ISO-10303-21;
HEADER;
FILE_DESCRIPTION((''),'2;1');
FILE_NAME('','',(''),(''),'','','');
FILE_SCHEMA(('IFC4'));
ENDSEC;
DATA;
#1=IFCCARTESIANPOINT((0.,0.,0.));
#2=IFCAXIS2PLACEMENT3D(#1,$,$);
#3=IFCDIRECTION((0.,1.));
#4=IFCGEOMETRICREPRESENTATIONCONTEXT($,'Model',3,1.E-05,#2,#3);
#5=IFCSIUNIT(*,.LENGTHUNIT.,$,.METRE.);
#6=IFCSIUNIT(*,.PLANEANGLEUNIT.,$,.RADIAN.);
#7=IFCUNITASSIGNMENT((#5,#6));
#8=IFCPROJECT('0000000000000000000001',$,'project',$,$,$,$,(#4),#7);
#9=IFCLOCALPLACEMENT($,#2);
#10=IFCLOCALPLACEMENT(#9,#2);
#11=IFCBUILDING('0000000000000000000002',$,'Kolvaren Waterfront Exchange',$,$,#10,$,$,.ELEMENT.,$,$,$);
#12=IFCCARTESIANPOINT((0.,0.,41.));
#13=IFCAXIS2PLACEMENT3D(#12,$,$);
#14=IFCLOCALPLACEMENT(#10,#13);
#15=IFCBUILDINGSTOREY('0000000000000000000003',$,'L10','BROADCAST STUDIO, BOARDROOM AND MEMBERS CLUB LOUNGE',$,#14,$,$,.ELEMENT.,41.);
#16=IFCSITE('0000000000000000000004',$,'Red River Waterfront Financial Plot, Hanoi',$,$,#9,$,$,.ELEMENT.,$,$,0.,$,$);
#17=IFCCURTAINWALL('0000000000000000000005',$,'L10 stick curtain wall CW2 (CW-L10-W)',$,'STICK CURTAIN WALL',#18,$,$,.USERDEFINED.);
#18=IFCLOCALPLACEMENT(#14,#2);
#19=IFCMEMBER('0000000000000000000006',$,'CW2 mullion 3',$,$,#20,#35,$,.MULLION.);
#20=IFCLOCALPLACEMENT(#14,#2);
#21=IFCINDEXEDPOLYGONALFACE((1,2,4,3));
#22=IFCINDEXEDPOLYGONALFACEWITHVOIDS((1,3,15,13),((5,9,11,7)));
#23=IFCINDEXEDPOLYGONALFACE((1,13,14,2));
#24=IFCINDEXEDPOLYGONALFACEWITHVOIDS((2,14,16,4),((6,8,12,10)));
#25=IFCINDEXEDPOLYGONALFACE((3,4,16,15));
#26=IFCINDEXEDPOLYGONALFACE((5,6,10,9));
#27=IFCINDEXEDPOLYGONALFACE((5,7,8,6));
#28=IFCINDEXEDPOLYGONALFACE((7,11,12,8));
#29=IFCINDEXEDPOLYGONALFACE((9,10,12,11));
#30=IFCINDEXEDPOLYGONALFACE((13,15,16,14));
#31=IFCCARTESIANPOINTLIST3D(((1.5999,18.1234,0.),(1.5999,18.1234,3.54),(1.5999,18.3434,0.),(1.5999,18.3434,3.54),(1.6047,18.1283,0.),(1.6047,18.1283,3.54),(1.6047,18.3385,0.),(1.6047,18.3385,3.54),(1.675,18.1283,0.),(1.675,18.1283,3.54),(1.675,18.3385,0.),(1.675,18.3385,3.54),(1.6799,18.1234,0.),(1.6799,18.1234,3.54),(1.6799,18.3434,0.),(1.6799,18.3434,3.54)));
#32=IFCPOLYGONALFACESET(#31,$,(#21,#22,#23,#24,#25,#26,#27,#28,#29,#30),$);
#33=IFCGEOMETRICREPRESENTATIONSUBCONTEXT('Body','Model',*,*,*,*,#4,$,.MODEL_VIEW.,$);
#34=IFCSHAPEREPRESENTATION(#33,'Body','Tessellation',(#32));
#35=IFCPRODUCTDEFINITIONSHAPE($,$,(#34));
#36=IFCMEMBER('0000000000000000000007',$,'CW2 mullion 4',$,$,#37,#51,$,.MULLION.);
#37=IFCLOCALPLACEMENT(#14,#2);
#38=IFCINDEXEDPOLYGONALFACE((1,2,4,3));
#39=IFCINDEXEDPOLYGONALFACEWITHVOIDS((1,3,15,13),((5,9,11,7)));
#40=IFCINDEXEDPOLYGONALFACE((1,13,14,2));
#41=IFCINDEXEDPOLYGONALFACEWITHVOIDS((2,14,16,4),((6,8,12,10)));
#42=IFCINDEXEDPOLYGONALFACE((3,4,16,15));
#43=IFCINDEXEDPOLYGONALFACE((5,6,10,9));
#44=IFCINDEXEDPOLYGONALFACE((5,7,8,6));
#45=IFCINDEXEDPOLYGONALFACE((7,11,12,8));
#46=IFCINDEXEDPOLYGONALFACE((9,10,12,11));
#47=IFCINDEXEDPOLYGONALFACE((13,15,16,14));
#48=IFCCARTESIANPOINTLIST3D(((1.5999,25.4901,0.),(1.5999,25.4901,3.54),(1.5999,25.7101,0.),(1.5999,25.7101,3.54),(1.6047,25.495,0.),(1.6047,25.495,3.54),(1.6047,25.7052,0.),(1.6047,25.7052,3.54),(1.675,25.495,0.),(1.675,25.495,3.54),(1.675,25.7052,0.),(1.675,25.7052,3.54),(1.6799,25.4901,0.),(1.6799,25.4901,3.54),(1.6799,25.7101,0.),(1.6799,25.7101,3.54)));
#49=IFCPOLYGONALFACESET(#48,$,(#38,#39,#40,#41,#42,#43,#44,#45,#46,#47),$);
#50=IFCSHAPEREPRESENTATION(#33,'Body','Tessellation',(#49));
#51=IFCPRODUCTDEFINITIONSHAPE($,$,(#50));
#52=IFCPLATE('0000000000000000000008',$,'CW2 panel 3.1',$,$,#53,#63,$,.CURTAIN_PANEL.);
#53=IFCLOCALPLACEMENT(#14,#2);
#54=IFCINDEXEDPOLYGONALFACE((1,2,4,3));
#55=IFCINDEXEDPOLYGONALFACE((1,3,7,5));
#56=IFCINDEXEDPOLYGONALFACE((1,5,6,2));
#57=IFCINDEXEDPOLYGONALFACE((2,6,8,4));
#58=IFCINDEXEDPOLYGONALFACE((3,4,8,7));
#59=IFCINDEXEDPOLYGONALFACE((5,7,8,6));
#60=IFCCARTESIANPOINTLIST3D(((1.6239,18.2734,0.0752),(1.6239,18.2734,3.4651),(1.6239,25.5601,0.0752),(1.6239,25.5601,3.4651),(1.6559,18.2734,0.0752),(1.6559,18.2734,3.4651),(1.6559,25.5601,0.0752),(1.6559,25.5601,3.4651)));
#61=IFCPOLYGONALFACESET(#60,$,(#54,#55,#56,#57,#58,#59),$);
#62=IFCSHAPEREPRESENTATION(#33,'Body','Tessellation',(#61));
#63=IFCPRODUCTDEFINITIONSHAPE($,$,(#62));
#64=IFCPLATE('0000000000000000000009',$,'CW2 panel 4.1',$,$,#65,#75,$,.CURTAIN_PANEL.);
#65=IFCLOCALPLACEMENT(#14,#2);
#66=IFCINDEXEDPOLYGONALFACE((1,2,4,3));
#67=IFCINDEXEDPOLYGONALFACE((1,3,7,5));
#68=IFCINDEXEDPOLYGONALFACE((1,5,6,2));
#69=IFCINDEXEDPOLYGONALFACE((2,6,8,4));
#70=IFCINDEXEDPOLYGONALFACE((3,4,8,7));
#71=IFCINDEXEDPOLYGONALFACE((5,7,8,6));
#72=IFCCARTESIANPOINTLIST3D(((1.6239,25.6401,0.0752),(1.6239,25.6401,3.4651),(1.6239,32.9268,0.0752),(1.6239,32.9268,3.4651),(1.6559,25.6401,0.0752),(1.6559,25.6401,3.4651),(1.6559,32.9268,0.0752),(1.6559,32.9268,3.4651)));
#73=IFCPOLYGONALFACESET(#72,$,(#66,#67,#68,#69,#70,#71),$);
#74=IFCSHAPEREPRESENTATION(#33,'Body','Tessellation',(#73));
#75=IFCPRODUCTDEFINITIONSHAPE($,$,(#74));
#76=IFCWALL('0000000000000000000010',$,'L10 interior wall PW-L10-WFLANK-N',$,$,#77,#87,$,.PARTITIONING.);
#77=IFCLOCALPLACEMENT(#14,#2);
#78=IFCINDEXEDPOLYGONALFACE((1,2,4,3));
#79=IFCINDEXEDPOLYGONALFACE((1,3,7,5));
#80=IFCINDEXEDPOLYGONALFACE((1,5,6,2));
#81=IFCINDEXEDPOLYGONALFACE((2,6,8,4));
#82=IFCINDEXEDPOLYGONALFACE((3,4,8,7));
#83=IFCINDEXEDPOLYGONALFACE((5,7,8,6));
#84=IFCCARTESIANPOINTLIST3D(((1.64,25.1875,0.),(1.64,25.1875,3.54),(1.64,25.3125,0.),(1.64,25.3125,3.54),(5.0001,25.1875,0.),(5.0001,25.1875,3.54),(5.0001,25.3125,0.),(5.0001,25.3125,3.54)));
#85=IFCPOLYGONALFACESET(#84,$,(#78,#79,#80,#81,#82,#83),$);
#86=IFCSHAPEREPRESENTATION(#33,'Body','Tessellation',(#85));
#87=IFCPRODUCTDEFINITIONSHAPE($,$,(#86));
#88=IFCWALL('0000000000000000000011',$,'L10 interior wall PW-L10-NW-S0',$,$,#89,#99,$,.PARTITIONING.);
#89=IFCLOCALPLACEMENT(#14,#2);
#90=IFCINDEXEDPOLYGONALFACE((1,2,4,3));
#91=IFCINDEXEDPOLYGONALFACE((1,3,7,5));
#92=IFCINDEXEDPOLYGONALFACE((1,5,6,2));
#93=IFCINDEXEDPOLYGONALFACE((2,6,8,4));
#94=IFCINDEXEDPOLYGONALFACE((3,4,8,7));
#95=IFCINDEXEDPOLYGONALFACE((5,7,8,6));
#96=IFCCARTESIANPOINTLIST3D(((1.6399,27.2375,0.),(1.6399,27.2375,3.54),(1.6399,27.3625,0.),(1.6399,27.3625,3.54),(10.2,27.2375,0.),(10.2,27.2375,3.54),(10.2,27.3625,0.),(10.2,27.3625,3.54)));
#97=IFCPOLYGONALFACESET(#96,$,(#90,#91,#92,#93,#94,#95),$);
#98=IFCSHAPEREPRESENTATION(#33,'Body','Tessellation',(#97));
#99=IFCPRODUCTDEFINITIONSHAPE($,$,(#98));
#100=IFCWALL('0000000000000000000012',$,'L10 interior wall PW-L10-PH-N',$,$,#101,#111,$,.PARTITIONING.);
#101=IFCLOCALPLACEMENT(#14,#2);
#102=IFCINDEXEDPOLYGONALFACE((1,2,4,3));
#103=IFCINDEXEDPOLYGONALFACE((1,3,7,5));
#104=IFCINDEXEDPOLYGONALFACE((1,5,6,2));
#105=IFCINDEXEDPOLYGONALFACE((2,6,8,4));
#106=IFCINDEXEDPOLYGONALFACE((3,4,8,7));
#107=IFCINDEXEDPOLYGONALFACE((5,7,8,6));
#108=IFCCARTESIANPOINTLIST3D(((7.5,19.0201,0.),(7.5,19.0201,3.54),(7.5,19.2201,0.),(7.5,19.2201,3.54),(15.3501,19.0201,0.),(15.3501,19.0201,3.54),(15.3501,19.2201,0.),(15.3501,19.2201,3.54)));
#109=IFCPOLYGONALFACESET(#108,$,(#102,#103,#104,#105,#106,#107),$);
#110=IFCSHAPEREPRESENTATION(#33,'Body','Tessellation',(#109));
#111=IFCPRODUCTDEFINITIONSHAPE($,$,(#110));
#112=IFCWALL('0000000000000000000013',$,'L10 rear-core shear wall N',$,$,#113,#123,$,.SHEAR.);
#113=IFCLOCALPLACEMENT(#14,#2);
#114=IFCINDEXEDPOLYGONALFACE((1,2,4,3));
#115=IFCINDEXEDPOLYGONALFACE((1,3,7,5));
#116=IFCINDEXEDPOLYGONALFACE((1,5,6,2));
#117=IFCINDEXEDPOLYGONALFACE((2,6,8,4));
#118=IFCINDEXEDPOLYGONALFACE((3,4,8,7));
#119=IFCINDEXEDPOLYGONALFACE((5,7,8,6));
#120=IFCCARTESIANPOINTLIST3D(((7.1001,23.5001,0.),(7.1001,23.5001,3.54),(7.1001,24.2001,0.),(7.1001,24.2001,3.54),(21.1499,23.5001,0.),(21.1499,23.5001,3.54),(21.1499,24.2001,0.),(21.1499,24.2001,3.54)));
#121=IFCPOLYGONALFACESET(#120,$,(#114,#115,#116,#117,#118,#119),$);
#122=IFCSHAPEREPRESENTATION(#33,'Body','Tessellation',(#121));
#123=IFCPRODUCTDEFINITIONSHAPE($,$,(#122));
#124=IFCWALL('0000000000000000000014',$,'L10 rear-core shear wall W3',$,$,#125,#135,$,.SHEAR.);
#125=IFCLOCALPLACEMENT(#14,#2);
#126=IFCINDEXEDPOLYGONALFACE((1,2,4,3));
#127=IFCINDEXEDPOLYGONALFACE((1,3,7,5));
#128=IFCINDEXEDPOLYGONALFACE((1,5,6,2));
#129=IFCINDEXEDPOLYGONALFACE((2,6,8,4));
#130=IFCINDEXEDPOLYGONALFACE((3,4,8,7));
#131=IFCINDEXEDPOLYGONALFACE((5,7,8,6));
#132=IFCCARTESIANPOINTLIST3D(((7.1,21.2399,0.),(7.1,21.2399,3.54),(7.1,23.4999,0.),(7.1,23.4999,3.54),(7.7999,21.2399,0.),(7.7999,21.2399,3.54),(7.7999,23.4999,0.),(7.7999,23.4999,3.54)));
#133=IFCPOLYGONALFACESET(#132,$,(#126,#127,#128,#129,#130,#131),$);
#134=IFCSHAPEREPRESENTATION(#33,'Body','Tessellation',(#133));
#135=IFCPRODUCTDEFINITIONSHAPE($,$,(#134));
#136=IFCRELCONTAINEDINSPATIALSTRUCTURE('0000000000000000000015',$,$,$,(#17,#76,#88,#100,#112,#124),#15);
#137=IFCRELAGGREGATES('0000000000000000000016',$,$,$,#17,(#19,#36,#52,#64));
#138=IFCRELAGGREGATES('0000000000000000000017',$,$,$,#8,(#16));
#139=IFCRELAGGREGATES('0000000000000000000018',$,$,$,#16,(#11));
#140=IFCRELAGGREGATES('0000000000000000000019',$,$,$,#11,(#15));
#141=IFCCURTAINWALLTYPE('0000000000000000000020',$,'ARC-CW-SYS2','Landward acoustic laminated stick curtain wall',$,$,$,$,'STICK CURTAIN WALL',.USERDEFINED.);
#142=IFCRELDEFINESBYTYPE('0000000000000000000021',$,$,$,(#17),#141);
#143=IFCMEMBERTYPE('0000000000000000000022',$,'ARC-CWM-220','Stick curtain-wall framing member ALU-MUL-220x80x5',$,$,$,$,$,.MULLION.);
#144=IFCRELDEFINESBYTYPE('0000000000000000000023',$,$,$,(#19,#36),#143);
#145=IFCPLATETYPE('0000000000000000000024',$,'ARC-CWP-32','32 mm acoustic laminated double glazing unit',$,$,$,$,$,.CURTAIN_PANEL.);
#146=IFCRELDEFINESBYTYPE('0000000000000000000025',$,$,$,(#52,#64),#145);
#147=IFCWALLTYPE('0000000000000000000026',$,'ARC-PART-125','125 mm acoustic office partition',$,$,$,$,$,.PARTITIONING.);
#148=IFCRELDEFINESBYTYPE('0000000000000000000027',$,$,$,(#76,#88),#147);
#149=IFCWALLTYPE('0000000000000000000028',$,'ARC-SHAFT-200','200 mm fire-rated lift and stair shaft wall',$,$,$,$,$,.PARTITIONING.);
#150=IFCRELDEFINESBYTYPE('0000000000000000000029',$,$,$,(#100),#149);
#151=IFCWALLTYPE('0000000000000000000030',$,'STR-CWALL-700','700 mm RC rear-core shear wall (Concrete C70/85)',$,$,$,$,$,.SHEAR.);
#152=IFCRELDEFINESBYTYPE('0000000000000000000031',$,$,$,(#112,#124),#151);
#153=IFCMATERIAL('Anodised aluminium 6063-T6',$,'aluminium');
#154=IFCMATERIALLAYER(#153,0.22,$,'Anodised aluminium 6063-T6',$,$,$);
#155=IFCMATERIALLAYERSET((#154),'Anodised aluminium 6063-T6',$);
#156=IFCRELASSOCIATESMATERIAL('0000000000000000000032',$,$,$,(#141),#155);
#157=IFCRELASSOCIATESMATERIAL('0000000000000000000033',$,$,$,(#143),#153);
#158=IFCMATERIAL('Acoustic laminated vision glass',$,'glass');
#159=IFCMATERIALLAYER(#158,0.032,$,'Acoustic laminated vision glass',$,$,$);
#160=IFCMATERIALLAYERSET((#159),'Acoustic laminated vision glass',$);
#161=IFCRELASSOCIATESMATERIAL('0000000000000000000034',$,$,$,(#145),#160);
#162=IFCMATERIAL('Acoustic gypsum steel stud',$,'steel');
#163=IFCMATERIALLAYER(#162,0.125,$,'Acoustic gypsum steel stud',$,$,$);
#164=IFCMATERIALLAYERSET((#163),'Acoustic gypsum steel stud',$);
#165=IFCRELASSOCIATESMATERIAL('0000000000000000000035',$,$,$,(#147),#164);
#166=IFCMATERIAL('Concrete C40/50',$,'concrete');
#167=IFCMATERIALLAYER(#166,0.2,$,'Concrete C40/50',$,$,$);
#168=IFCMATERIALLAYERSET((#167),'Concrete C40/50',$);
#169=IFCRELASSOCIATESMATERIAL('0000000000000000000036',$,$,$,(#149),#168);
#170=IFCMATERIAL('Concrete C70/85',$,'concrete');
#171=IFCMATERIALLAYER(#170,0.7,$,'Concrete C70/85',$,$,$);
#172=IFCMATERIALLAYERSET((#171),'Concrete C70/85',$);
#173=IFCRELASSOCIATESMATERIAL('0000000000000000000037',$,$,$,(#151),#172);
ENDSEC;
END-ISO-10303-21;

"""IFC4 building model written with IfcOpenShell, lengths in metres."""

from ifc_helpers import new_model, si_unit, direction, frame, frame_2d, origin, origin_with_axes, origin_2d, place, context, subcontext, project, spatial, rectangle, hollow_rectangle, extrude, source, transform, mapped, material, layer, layer_set, material_profile, profile_set, type_object, element, aggregate, save


model = new_model("IFC4")

# Units and contexts
model_context = context("Model", 3, precision=1e-05, world=origin(), true_north=direction((0.0, 1.0)))
body_context = subcontext(model_context, "Body", "Model", "MODEL_VIEW")
ifc_project = project(units=[si_unit("LENGTHUNIT", "METRE"), si_unit("PLANEANGLEUNIT", "RADIAN")], contexts=[model_context])

# Site, building, storey
site_placement = place(None, origin())
site = spatial("IfcSite", under=ifc_project, at=site_placement, Name="Red River Waterfront Financial Plot, Hanoi", CompositionType="ELEMENT", RefElevation=0.0)
building_placement = place(site_placement, origin())
building = spatial("IfcBuilding", under=site, at=building_placement, Name="Kolvaren Waterfront Exchange", CompositionType="ELEMENT")
storey_placement = place(building_placement, frame((0.0, 0.0, 41.0)))
storey = spatial("IfcBuildingStorey", under=building, at=storey_placement, Name="L10", Description="BROADCAST STUDIO, BOARDROOM AND MEMBERS CLUB LOUNGE", CompositionType="ELEMENT", Elevation=41.0)

# Shared definitions
ifc_material_1 = material(Name="Concrete C70/85", Category="concrete")

# Curtain wall, members, plates
ifc_material_2 = material(Name="Anodised aluminium 6063-T6", Category="aluminium")
ifc_layer_1 = layer(ifc_material_2, 0.22, Name="Anodised aluminium 6063-T6")
ifc_layer_set_1 = layer_set([ifc_layer_1], Name="Anodised aluminium 6063-T6")
curtain_wall_type = type_object("IfcCurtainWallType", Name="ARC-CW-SYS2", Description="Landward acoustic laminated stick curtain wall", ElementType="STICK CURTAIN WALL", PredefinedType="USERDEFINED", material=ifc_layer_set_1)
curtain_wall_placement = place(storey_placement, origin())
curtain_wall = element("IfcCurtainWall", 1, at=curtain_wall_placement, inside=storey, type_object=curtain_wall_type, Name="L10 stick curtain wall CW2 (CW-L10-W)", ObjectType="STICK CURTAIN WALL", PredefinedType="USERDEFINED")
ifc_material_profile_1 = material_profile(ifc_material_2, hollow_rectangle(XDim=0.0801, YDim=0.22, WallThickness=0.0049, at=origin_2d()), Name="ALU-MUL-220x80x5")
ifc_profile_set_1 = profile_set([ifc_material_profile_1], Name="Anodised aluminium 6063-T6")
member_type_1 = type_object("IfcMemberType", Name="ARC-CWM-220", Description="Stick curtain-wall framing member ALU-MUL-220x80x5", PredefinedType="MULLION", material=ifc_profile_set_1)
shared_shape_1 = source(origin_with_axes(), body_context, "Body", "SweptSolid", [
    extrude(hollow_rectangle(XDim=0.0801, YDim=0.22, WallThickness=0.0049, at=origin_2d()), origin(), (0.0, 0.0, 1.0), 3.54),
])
member_1_placement = place(storey_placement, frame((1.6399, 18.2334, 0.0), z_axis=(0.0, 0.0, 1.0), x_axis=(-1.0, 0.0, 0.0)))
member_1 = element("IfcMember", 2, at=member_1_placement, type_object=member_type_1, Name="CW2 mullion 3", PredefinedType="MULLION", context=body_context, shape_type="MappedRepresentation", body=[
    mapped(shared_shape_1, transform((0.0, 0.0, 0.0), x_axis=(1.0, 0.0, 0.0), y_axis=(0.0, 1.0, 0.0), z_axis=(0.0, 0.0, 1.0), scale=1.0)),
])
member_2_placement = place(storey_placement, frame((1.6399, 25.6001, 0.0), z_axis=(0.0, 0.0, 1.0), x_axis=(-1.0, 0.0, 0.0)))
member_2 = element("IfcMember", 3, at=member_2_placement, type_object=member_type_1, Name="CW2 mullion 4", PredefinedType="MULLION", context=body_context, shape_type="MappedRepresentation", body=[
    mapped(shared_shape_1, transform((0.0, 0.0, 0.0), x_axis=(1.0, 0.0, 0.0), y_axis=(0.0, 1.0, 0.0), z_axis=(0.0, 0.0, 1.0), scale=1.0)),
])
ifc_material_3 = material(Name="Acoustic laminated vision glass", Category="glass")
ifc_layer_2 = layer(ifc_material_3, 0.032, Name="Acoustic laminated vision glass")
ifc_layer_set_2 = layer_set([ifc_layer_2], Name="Acoustic laminated vision glass")
plate_type = type_object("IfcPlateType", Name="ARC-CWP-32", Description="32 mm acoustic laminated double glazing unit", PredefinedType="CURTAIN_PANEL", material=ifc_layer_set_2)
shared_shape_2 = source(origin_with_axes(), body_context, "Body", "SweptSolid", [
    extrude(rectangle(XDim=7.2866, YDim=0.032, at=origin_2d()), origin(), (0.0, 0.0, 1.0), 3.3899),
])
plate_1_placement = place(storey_placement, frame((1.6399, 21.9167, 0.0752), z_axis=(0.0, 0.0, 1.0), x_axis=(0.0, 1.0, 0.0)))
plate_1 = element("IfcPlate", 4, at=plate_1_placement, type_object=plate_type, Name="CW2 panel 3.1", PredefinedType="CURTAIN_PANEL", context=body_context, shape_type="MappedRepresentation", body=[
    mapped(shared_shape_2, transform((0.0, 0.0, 0.0), x_axis=(1.0, 0.0, 0.0), y_axis=(0.0, 1.0, 0.0), z_axis=(0.0, 0.0, 1.0), scale=1.0)),
])
plate_2_placement = place(storey_placement, frame((1.6399, 29.2834, 0.0752), z_axis=(0.0, 0.0, 1.0), x_axis=(0.0, 1.0, 0.0)))
plate_2 = element("IfcPlate", 5, at=plate_2_placement, type_object=plate_type, Name="CW2 panel 4.1", PredefinedType="CURTAIN_PANEL", context=body_context, shape_type="MappedRepresentation", body=[
    mapped(shared_shape_2, transform((0.0, 0.0, 0.0), x_axis=(1.0, 0.0, 0.0), y_axis=(0.0, 1.0, 0.0), z_axis=(0.0, 0.0, 1.0), scale=1.0)),
])
aggregate(curtain_wall, [member_1, member_2, plate_1, plate_2])

# Walls
ifc_material_4 = material(Name="Acoustic gypsum steel stud", Category="steel")
ifc_layer_3 = layer(ifc_material_4, 0.125, Name="Acoustic gypsum steel stud")
ifc_layer_set_3 = layer_set([ifc_layer_3], Name="Acoustic gypsum steel stud")
wall_type_1 = type_object("IfcWallType", Name="ARC-PART-125", Description="125 mm acoustic office partition", PredefinedType="PARTITIONING", material=ifc_layer_set_3)
wall_1_placement = place(storey_placement, frame((1.6399, 25.25, 0.0), z_axis=(0.0, 0.0, 1.0), x_axis=(1.0, 0.0, 0.0)))
element("IfcWall", 6, at=wall_1_placement, inside=storey, type_object=wall_type_1, Name="L10 interior wall PW-L10-WFLANK-N", PredefinedType="PARTITIONING", context=body_context, shape_type="SweptSolid", body=[
    extrude(rectangle(XDim=3.3601, YDim=0.125, at=frame_2d((1.6802, 0.0))), origin(), (0.0, 0.0, 1.0), 3.54),
])
wall_2_placement = place(storey_placement, frame((1.6399, 27.3, 0.0), z_axis=(0.0, 0.0, 1.0), x_axis=(1.0, 0.0, 0.0)))
element("IfcWall", 7, at=wall_2_placement, inside=storey, type_object=wall_type_1, Name="L10 interior wall PW-L10-NW-S0", PredefinedType="PARTITIONING", context=body_context, shape_type="SweptSolid", body=[
    extrude(rectangle(XDim=8.5601, YDim=0.125, at=frame_2d((4.28, 0.0))), origin(), (0.0, 0.0, 1.0), 3.54),
])
ifc_material_5 = material(Name="Concrete C40/50", Category="concrete")
ifc_layer_4 = layer(ifc_material_5, 0.2, Name="Concrete C40/50")
ifc_layer_set_4 = layer_set([ifc_layer_4], Name="Concrete C40/50")
wall_type_2 = type_object("IfcWallType", Name="ARC-SHAFT-200", Description="200 mm fire-rated lift and stair shaft wall", PredefinedType="PARTITIONING", material=ifc_layer_set_4)
wall_3_placement = place(storey_placement, frame((7.5, 19.1201, 0.0), z_axis=(0.0, 0.0, 1.0), x_axis=(1.0, 0.0, 0.0)))
element("IfcWall", 8, at=wall_3_placement, inside=storey, type_object=wall_type_2, Name="L10 interior wall PW-L10-PH-N", PredefinedType="PARTITIONING", context=body_context, shape_type="SweptSolid", body=[
    extrude(rectangle(XDim=7.8501, YDim=0.2, at=frame_2d((3.925, 0.0))), origin(), (0.0, 0.0, 1.0), 3.54),
])
ifc_layer_5 = layer(ifc_material_1, 0.7, Name="Concrete C70/85")
ifc_layer_set_5 = layer_set([ifc_layer_5], Name="Concrete C70/85")
wall_type_3 = type_object("IfcWallType", Name="STR-CWALL-700", Description="700 mm RC rear-core shear wall (Concrete C70/85)", PredefinedType="SHEAR", material=ifc_layer_set_5)
wall_4_placement = place(storey_placement, frame((7.1001, 23.8501, 0.0), z_axis=(0.0, 0.0, 1.0), x_axis=(1.0, 0.0, 0.0)))
element("IfcWall", 9, at=wall_4_placement, inside=storey, type_object=wall_type_3, Name="L10 rear-core shear wall N", PredefinedType="SHEAR", context=body_context, shape_type="SweptSolid", body=[
    extrude(rectangle(XDim=14.0498, YDim=0.7, at=frame_2d((7.0249, 0.0))), origin(), (0.0, 0.0, 1.0), 3.54),
])
wall_5_placement = place(storey_placement, frame((7.45, 21.24, 0.0), z_axis=(0.0, 0.0, 1.0), x_axis=(0.0, 1.0, 0.0)))
element("IfcWall", 10, at=wall_5_placement, inside=storey, type_object=wall_type_3, Name="L10 rear-core shear wall W3", PredefinedType="SHEAR", context=body_context, shape_type="SweptSolid", body=[
    extrude(rectangle(XDim=2.26, YDim=0.7, at=frame_2d((1.1299, 0.0))), origin(), (0.0, 0.0, 1.0), 3.54),
])

save(model, "model.ifc")
